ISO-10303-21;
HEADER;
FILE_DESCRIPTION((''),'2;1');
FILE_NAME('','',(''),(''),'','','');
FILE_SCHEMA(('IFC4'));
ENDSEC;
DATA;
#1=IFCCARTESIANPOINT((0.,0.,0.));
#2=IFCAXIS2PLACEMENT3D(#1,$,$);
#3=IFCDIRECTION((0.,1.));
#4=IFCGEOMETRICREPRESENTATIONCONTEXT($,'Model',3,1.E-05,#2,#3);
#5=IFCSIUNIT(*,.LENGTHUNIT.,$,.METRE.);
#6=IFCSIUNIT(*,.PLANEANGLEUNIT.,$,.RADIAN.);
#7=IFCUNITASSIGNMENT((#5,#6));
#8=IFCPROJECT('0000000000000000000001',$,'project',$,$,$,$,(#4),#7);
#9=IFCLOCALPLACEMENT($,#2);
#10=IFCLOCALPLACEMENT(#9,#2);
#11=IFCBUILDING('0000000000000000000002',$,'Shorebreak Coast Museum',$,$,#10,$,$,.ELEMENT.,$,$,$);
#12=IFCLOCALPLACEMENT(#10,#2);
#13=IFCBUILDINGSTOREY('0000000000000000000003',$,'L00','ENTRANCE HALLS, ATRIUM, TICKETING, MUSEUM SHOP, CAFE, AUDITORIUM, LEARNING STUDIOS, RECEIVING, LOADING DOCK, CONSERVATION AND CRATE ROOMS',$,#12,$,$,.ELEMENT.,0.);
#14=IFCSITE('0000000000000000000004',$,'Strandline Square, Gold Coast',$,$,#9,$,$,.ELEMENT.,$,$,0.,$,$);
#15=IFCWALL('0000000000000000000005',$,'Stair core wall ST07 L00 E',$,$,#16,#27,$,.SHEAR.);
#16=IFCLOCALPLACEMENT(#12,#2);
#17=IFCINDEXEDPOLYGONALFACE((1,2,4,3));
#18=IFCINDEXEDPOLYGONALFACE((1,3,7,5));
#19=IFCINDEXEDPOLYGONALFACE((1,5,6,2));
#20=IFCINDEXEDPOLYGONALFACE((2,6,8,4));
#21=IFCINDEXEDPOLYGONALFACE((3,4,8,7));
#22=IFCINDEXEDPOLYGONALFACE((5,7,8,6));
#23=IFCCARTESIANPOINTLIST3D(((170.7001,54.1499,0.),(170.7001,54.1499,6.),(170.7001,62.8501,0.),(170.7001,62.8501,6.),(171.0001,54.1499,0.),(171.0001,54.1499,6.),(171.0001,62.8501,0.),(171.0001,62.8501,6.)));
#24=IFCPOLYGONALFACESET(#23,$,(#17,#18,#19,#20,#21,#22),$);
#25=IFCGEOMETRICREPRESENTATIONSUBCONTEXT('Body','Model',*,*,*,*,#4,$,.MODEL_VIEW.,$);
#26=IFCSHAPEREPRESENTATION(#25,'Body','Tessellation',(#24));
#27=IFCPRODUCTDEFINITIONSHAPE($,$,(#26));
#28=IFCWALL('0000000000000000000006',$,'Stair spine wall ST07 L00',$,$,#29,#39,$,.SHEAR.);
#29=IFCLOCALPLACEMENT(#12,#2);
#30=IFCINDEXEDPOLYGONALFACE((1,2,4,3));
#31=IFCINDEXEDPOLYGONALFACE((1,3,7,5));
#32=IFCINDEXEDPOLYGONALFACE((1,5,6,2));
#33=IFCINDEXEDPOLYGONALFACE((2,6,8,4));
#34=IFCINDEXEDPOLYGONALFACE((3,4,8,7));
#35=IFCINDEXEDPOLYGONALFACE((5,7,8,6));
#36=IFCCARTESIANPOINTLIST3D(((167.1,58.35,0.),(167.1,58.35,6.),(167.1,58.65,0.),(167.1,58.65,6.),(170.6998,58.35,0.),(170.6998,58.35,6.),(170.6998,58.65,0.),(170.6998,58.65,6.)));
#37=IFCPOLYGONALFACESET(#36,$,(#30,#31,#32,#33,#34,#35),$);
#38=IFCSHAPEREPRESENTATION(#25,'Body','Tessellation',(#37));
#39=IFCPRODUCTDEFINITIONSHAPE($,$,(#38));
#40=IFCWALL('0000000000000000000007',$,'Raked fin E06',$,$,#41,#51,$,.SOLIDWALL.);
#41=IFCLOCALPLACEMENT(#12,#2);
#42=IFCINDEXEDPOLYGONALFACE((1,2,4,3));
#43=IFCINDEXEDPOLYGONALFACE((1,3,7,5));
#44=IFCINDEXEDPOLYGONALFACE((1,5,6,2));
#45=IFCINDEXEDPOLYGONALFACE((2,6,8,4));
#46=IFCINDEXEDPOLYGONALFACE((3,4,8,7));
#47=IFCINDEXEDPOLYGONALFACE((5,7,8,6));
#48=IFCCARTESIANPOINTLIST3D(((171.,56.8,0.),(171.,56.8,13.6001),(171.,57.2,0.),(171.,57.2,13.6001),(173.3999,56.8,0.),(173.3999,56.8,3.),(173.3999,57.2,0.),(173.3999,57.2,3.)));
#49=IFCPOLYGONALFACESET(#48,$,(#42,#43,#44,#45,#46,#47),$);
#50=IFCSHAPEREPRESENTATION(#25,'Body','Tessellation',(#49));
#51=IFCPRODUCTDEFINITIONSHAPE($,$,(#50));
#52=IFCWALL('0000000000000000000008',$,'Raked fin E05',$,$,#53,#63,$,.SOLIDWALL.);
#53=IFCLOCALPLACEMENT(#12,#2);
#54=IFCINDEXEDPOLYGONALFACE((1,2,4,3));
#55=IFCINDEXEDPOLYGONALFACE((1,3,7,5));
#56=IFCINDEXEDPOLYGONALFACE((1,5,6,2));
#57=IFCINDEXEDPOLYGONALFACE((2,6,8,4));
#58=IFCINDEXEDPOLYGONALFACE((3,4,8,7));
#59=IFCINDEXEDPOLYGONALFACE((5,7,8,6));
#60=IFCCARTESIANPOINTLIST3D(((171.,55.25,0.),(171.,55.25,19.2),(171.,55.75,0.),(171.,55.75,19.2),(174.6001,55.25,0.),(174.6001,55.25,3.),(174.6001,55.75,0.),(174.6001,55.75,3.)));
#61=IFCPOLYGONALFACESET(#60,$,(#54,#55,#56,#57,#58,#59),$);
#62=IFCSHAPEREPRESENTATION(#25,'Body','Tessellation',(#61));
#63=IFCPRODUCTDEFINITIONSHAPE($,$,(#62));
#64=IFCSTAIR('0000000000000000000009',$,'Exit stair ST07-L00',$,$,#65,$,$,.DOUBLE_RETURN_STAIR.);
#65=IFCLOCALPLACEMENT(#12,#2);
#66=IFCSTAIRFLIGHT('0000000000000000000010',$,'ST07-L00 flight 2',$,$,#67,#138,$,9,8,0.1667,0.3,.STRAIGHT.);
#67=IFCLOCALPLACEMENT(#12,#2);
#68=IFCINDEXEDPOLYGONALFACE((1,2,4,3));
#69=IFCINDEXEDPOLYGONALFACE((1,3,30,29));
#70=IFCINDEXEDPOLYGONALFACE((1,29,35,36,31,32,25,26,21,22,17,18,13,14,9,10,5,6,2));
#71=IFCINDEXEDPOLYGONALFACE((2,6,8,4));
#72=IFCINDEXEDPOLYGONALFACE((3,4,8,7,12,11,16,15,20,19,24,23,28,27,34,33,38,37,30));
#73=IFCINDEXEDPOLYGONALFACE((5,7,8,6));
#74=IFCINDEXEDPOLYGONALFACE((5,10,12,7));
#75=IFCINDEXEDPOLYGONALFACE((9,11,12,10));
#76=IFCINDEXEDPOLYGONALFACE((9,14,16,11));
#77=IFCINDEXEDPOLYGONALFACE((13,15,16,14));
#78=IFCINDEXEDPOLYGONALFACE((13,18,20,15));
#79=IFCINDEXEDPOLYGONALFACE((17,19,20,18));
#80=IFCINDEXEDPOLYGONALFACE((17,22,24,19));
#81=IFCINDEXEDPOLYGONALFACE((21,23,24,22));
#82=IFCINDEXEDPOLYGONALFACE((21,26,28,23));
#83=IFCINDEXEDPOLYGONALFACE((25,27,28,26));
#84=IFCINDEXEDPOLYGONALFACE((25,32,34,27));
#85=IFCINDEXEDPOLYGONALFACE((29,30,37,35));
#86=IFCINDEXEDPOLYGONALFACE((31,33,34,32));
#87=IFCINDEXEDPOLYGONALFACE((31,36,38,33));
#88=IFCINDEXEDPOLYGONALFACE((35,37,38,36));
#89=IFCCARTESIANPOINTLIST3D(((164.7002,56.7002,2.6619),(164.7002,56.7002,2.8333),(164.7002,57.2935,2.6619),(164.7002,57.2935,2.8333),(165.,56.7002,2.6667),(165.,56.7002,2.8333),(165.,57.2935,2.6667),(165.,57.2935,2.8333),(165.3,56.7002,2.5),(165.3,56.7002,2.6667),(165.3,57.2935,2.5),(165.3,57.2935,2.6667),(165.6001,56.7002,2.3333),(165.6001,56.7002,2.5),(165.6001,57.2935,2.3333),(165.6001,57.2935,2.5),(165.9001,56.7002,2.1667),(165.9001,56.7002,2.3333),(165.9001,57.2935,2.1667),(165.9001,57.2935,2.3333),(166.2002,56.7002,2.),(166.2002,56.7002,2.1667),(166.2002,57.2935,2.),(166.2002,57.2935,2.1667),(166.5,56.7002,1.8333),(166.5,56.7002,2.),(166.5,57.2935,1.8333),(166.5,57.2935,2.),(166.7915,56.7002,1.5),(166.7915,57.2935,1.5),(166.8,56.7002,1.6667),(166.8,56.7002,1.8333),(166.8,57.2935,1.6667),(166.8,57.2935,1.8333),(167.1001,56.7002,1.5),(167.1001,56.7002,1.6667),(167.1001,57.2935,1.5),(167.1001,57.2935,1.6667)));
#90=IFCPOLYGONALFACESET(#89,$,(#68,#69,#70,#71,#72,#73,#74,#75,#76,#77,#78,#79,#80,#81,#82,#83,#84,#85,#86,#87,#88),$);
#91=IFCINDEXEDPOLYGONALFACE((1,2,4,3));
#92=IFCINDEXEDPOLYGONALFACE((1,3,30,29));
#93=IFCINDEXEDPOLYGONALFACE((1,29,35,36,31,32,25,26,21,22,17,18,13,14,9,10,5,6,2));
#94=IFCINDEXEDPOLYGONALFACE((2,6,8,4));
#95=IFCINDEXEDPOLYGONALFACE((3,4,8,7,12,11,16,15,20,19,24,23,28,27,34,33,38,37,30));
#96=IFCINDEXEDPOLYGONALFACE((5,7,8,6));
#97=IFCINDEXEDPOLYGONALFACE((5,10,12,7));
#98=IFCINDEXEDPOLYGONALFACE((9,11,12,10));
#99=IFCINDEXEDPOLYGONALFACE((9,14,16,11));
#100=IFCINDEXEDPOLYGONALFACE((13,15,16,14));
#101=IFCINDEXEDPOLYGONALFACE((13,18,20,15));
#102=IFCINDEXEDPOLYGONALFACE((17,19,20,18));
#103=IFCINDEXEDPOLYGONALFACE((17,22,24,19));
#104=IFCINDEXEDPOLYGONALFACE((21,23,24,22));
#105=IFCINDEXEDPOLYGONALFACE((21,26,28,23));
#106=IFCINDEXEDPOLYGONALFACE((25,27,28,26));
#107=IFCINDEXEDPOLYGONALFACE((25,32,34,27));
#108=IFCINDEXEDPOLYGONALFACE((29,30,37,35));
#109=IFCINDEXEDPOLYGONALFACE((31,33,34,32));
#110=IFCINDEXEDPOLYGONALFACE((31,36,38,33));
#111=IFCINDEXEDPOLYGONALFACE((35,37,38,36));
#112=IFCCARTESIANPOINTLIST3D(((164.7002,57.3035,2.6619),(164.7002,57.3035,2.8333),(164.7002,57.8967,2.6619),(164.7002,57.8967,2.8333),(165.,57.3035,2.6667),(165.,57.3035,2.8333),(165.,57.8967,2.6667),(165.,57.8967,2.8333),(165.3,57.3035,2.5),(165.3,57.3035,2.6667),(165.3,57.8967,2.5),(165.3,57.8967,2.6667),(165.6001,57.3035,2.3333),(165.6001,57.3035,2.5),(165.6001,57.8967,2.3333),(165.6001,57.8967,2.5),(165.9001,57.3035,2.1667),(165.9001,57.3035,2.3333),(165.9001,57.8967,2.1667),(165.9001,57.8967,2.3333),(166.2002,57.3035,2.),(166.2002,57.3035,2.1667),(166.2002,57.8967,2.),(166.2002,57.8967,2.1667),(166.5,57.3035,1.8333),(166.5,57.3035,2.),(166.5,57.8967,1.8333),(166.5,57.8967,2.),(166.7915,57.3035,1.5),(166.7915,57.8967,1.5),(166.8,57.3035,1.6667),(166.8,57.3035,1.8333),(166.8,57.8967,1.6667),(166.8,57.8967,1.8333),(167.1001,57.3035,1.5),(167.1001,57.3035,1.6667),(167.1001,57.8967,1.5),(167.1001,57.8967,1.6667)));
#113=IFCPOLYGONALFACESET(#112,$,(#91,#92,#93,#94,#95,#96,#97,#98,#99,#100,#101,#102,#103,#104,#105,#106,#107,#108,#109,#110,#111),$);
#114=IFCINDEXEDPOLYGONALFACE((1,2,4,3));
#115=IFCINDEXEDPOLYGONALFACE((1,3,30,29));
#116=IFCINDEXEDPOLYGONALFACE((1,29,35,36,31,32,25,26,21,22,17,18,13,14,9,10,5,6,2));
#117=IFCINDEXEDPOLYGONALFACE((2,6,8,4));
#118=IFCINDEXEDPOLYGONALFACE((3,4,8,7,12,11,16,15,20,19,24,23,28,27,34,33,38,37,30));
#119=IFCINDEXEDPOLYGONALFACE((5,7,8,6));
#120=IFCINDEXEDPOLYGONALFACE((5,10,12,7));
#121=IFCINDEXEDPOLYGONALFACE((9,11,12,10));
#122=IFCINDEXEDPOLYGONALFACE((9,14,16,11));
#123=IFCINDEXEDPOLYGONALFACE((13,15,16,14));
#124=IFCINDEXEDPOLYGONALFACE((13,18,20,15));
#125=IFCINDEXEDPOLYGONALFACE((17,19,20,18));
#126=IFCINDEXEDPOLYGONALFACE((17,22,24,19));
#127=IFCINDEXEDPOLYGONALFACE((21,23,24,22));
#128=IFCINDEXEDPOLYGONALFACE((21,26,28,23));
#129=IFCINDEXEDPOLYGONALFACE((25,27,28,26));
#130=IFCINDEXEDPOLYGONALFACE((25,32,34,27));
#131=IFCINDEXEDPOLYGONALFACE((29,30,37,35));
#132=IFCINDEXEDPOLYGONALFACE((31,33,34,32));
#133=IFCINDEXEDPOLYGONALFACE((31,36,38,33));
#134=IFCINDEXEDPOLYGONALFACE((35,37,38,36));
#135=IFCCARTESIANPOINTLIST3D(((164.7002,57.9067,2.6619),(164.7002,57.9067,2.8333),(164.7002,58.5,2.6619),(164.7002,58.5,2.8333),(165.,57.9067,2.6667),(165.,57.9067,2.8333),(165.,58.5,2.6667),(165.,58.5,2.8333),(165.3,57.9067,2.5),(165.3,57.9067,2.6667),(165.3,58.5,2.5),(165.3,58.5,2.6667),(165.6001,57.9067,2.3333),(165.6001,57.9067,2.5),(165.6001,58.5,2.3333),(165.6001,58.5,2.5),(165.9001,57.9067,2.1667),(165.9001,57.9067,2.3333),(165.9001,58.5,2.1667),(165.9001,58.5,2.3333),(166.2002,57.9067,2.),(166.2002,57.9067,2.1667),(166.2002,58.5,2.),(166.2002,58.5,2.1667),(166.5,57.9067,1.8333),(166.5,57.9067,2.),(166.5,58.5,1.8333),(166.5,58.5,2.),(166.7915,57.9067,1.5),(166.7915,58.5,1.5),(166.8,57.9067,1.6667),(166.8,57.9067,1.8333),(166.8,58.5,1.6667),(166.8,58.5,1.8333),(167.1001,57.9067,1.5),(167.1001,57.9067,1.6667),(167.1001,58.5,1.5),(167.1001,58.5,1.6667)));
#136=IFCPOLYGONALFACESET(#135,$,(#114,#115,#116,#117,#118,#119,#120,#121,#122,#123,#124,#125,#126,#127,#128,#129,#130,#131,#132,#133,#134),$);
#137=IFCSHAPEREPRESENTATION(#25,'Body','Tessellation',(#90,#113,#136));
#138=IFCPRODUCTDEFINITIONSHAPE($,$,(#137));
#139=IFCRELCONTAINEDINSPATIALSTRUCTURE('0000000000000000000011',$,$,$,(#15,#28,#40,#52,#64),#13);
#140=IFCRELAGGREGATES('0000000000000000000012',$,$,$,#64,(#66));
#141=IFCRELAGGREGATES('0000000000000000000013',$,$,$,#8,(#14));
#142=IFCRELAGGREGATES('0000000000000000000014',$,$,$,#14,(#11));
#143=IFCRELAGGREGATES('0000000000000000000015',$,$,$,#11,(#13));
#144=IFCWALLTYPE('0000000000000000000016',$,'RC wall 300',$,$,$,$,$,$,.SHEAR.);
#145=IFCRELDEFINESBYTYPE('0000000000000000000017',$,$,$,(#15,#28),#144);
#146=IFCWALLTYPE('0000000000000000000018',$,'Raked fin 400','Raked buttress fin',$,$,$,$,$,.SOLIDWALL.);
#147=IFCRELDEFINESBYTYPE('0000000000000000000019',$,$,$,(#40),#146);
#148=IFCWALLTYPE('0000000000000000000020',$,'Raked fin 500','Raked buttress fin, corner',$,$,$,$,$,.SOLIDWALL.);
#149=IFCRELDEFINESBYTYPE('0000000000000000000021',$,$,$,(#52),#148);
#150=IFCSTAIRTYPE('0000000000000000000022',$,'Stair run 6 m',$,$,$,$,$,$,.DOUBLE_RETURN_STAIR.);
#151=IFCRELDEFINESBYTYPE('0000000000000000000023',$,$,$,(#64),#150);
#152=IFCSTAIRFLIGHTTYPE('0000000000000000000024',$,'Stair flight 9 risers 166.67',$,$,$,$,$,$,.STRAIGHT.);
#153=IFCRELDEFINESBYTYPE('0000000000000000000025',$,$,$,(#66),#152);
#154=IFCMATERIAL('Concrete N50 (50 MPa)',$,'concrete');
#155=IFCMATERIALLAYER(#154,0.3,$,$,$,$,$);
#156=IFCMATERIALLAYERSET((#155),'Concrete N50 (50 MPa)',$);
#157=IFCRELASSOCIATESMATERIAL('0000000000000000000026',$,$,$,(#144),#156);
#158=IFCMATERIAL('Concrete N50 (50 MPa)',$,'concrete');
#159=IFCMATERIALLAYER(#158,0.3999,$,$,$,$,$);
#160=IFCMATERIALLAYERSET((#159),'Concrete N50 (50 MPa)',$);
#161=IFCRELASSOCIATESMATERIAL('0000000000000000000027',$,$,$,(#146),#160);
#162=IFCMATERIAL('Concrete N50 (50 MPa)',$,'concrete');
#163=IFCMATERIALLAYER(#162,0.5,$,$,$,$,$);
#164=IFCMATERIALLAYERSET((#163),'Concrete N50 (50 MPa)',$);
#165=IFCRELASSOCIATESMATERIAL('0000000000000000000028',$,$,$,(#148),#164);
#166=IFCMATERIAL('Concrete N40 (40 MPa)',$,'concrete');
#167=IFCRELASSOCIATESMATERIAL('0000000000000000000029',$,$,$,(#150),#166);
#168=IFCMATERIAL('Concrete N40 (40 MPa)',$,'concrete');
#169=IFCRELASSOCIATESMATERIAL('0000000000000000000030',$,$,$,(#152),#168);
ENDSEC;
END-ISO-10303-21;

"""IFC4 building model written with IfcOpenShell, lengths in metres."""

from ifc_helpers import new_model, si_unit, direction, frame, frame_2d, origin, place, context, subcontext, project, spatial, polyline, rectangle, outline, extrude, material, layer, layer_set, type_object, element, aggregate, save


model = new_model("IFC4")

# Units and contexts
model_context = context("Model", 3, precision=1e-05, world=origin(), true_north=direction((0.0, 1.0)))
body_context = subcontext(model_context, "Body", "Model", "MODEL_VIEW")
ifc_project = project(units=[si_unit("LENGTHUNIT", "METRE"), si_unit("PLANEANGLEUNIT", "RADIAN")], contexts=[model_context])

# Site, building, storey
site_placement = place(None, origin())
site = spatial("IfcSite", under=ifc_project, at=site_placement, Name="Strandline Square, Gold Coast", CompositionType="ELEMENT", RefElevation=0.0)
building_placement = place(site_placement, origin())
building = spatial("IfcBuilding", under=site, at=building_placement, Name="Shorebreak Coast Museum", CompositionType="ELEMENT")
storey_placement = place(building_placement, origin())
storey = spatial("IfcBuildingStorey", under=building, at=storey_placement, Name="L00", Description="ENTRANCE HALLS, ATRIUM, TICKETING, MUSEUM SHOP, CAFE, AUDITORIUM, LEARNING STUDIOS, RECEIVING, LOADING DOCK, CONSERVATION AND CRATE ROOMS", CompositionType="ELEMENT", Elevation=0.0)

# Walls
ifc_material_1 = material(Name="Concrete N50 (50 MPa)", Category="concrete")
ifc_layer_1 = layer(ifc_material_1, 0.3)
ifc_layer_set_1 = layer_set([ifc_layer_1], Name="Concrete N50 (50 MPa)")
wall_type_1 = type_object("IfcWallType", Name="RC wall 300", PredefinedType="SHEAR", material=ifc_layer_set_1)
wall_1_placement = place(storey_placement, frame((170.8501, 54.1499, 0.0), z_axis=(0.0, 0.0, 1.0), x_axis=(0.0, 1.0, 0.0)))
element("IfcWall", 1, at=wall_1_placement, inside=storey, type_object=wall_type_1, Name="Stair core wall ST07 L00 E", PredefinedType="SHEAR", context=body_context, shape_type="SweptSolid", body=[
    extrude(rectangle(XDim=8.7002, YDim=0.3, at=frame_2d((4.3501, 0.0))), origin(), (0.0, 0.0, 1.0), 6.0),
])
wall_2_placement = place(storey_placement, frame((167.1001, 58.5, 0.0), z_axis=(0.0, 0.0, 1.0), x_axis=(1.0, 0.0, 0.0)))
element("IfcWall", 2, at=wall_2_placement, inside=storey, type_object=wall_type_1, Name="Stair spine wall ST07 L00", PredefinedType="SHEAR", context=body_context, shape_type="SweptSolid", body=[
    extrude(rectangle(XDim=3.5999, YDim=0.3, at=frame_2d((1.7998, 0.0))), origin(), (0.0, 0.0, 1.0), 6.0),
])
ifc_material_2 = material(Name="Concrete N50 (50 MPa)", Category="concrete")
ifc_layer_2 = layer(ifc_material_2, 0.3999)
ifc_layer_set_2 = layer_set([ifc_layer_2], Name="Concrete N50 (50 MPa)")
wall_type_2 = type_object("IfcWallType", Name="Raked fin 400", Description="Raked buttress fin", PredefinedType="SOLIDWALL", material=ifc_layer_set_2)
wall_3_placement = place(storey_placement, frame((171.0, 57.0, 0.0), z_axis=(0.0, 0.0, 1.0), x_axis=(1.0, 0.0, 0.0)))
element("IfcWall", 3, at=wall_3_placement, inside=storey, type_object=wall_type_2, Name="Raked fin E06", PredefinedType="SOLIDWALL", context=body_context, shape_type="SweptSolid", body=[
    extrude(outline(polyline([(0.0, 0.0), (2.3999, 0.0), (2.3999, 3.0), (0.0, 13.6001), (0.0, 0.0)])), frame((0.0, 0.2, 0.0), z_axis=(0.0, -1.0, 0.0), x_axis=(1.0, 0.0, 0.0)), (0.0, 0.0, 1.0), 0.3999),
])
ifc_material_3 = material(Name="Concrete N50 (50 MPa)", Category="concrete")
ifc_layer_3 = layer(ifc_material_3, 0.5)
ifc_layer_set_3 = layer_set([ifc_layer_3], Name="Concrete N50 (50 MPa)")
wall_type_3 = type_object("IfcWallType", Name="Raked fin 500", Description="Raked buttress fin, corner", PredefinedType="SOLIDWALL", material=ifc_layer_set_3)
wall_4_placement = place(storey_placement, frame((171.0, 55.5, 0.0), z_axis=(0.0, 0.0, 1.0), x_axis=(1.0, 0.0, 0.0)))
element("IfcWall", 4, at=wall_4_placement, inside=storey, type_object=wall_type_3, Name="Raked fin E05", PredefinedType="SOLIDWALL", context=body_context, shape_type="SweptSolid", body=[
    extrude(outline(polyline([(0.0, 0.0), (3.6001, 0.0), (3.6001, 3.0), (0.0, 19.2), (0.0, 0.0)])), frame((0.0, 0.25, 0.0), z_axis=(0.0, -1.0, 0.0), x_axis=(1.0, 0.0, 0.0)), (0.0, 0.0, 1.0), 0.5),
])

# Stair, stair flight
ifc_material_4 = material(Name="Concrete N40 (40 MPa)", Category="concrete")
stair_type = type_object("IfcStairType", Name="Stair run 6 m", PredefinedType="DOUBLE_RETURN_STAIR", material=ifc_material_4)
stair_placement = place(storey_placement, origin())
stair = element("IfcStair", 5, at=stair_placement, inside=storey, type_object=stair_type, Name="Exit stair ST07-L00", PredefinedType="DOUBLE_RETURN_STAIR")
ifc_material_5 = material(Name="Concrete N40 (40 MPa)", Category="concrete")
stair_flight_type = type_object("IfcStairFlightType", Name="Stair flight 9 risers 166.67", PredefinedType="STRAIGHT", material=ifc_material_5)
stair_flight_1_placement = place(storey_placement, frame((167.1001, 57.6001, 1.5), z_axis=(0.0, 0.0, 1.0), x_axis=(-1.0, 0.0, 0.0)))
stair_flight_1 = element("IfcStairFlight", 6, at=stair_flight_1_placement, type_object=stair_flight_type, Name="ST07-L00 flight 2", NumberOfRisers=9, NumberOfTreads=8, PredefinedType="STRAIGHT", RiserHeight=0.1667, TreadLength=0.3, context=body_context, shape_type="SweptSolid", body=[
    extrude(outline(polyline([(0.0, 0.0), (0.0, 0.1667), (0.3, 0.1667), (0.3, 0.3333), (0.6001, 0.3333), (0.6001, 0.5), (0.8999, 0.5), (0.8999, 0.6667), (1.2, 0.6667), (1.2, 0.8333), (1.5, 0.8333), (1.5, 1.0), (1.8, 1.0), (1.8, 1.1667), (2.1001, 1.1667), (2.1001, 1.3333), (2.3999, 1.3333), (2.3999, 1.5), (2.3999, 1.1619), (0.3086, 0.0), (0.0, 0.0)])), frame((0.0, 0.8999, 0.0), z_axis=(0.0, -1.0, 0.0), x_axis=(1.0, 0.0, 0.0)), (0.0, 0.0, 1.0), 0.5933),
    extrude(outline(polyline([(0.0, 0.0), (0.0, 0.1667), (0.3, 0.1667), (0.3, 0.3333), (0.6001, 0.3333), (0.6001, 0.5), (0.8999, 0.5), (0.8999, 0.6667), (1.2, 0.6667), (1.2, 0.8333), (1.5, 0.8333), (1.5, 1.0), (1.8, 1.0), (1.8, 1.1667), (2.1001, 1.1667), (2.1001, 1.3333), (2.3999, 1.3333), (2.3999, 1.5), (2.3999, 1.1619), (0.3086, 0.0), (0.0, 0.0)])), frame((0.0, 0.2966, 0.0), z_axis=(0.0, -1.0, 0.0), x_axis=(1.0, 0.0, 0.0)), (0.0, 0.0, 1.0), 0.5933),
    extrude(outline(polyline([(0.0, 0.0), (0.0, 0.1667), (0.3, 0.1667), (0.3, 0.3333), (0.6001, 0.3333), (0.6001, 0.5), (0.8999, 0.5), (0.8999, 0.6667), (1.2, 0.6667), (1.2, 0.8333), (1.5, 0.8333), (1.5, 1.0), (1.8, 1.0), (1.8, 1.1667), (2.1001, 1.1667), (2.1001, 1.3333), (2.3999, 1.3333), (2.3999, 1.5), (2.3999, 1.1619), (0.3086, 0.0), (0.0, 0.0)])), frame((0.0, -0.3066, 0.0), z_axis=(0.0, -1.0, 0.0), x_axis=(1.0, 0.0, 0.0)), (0.0, 0.0, 1.0), 0.5933),
])
aggregate(stair, [stair_flight_1])

save(model, "model.ifc")
